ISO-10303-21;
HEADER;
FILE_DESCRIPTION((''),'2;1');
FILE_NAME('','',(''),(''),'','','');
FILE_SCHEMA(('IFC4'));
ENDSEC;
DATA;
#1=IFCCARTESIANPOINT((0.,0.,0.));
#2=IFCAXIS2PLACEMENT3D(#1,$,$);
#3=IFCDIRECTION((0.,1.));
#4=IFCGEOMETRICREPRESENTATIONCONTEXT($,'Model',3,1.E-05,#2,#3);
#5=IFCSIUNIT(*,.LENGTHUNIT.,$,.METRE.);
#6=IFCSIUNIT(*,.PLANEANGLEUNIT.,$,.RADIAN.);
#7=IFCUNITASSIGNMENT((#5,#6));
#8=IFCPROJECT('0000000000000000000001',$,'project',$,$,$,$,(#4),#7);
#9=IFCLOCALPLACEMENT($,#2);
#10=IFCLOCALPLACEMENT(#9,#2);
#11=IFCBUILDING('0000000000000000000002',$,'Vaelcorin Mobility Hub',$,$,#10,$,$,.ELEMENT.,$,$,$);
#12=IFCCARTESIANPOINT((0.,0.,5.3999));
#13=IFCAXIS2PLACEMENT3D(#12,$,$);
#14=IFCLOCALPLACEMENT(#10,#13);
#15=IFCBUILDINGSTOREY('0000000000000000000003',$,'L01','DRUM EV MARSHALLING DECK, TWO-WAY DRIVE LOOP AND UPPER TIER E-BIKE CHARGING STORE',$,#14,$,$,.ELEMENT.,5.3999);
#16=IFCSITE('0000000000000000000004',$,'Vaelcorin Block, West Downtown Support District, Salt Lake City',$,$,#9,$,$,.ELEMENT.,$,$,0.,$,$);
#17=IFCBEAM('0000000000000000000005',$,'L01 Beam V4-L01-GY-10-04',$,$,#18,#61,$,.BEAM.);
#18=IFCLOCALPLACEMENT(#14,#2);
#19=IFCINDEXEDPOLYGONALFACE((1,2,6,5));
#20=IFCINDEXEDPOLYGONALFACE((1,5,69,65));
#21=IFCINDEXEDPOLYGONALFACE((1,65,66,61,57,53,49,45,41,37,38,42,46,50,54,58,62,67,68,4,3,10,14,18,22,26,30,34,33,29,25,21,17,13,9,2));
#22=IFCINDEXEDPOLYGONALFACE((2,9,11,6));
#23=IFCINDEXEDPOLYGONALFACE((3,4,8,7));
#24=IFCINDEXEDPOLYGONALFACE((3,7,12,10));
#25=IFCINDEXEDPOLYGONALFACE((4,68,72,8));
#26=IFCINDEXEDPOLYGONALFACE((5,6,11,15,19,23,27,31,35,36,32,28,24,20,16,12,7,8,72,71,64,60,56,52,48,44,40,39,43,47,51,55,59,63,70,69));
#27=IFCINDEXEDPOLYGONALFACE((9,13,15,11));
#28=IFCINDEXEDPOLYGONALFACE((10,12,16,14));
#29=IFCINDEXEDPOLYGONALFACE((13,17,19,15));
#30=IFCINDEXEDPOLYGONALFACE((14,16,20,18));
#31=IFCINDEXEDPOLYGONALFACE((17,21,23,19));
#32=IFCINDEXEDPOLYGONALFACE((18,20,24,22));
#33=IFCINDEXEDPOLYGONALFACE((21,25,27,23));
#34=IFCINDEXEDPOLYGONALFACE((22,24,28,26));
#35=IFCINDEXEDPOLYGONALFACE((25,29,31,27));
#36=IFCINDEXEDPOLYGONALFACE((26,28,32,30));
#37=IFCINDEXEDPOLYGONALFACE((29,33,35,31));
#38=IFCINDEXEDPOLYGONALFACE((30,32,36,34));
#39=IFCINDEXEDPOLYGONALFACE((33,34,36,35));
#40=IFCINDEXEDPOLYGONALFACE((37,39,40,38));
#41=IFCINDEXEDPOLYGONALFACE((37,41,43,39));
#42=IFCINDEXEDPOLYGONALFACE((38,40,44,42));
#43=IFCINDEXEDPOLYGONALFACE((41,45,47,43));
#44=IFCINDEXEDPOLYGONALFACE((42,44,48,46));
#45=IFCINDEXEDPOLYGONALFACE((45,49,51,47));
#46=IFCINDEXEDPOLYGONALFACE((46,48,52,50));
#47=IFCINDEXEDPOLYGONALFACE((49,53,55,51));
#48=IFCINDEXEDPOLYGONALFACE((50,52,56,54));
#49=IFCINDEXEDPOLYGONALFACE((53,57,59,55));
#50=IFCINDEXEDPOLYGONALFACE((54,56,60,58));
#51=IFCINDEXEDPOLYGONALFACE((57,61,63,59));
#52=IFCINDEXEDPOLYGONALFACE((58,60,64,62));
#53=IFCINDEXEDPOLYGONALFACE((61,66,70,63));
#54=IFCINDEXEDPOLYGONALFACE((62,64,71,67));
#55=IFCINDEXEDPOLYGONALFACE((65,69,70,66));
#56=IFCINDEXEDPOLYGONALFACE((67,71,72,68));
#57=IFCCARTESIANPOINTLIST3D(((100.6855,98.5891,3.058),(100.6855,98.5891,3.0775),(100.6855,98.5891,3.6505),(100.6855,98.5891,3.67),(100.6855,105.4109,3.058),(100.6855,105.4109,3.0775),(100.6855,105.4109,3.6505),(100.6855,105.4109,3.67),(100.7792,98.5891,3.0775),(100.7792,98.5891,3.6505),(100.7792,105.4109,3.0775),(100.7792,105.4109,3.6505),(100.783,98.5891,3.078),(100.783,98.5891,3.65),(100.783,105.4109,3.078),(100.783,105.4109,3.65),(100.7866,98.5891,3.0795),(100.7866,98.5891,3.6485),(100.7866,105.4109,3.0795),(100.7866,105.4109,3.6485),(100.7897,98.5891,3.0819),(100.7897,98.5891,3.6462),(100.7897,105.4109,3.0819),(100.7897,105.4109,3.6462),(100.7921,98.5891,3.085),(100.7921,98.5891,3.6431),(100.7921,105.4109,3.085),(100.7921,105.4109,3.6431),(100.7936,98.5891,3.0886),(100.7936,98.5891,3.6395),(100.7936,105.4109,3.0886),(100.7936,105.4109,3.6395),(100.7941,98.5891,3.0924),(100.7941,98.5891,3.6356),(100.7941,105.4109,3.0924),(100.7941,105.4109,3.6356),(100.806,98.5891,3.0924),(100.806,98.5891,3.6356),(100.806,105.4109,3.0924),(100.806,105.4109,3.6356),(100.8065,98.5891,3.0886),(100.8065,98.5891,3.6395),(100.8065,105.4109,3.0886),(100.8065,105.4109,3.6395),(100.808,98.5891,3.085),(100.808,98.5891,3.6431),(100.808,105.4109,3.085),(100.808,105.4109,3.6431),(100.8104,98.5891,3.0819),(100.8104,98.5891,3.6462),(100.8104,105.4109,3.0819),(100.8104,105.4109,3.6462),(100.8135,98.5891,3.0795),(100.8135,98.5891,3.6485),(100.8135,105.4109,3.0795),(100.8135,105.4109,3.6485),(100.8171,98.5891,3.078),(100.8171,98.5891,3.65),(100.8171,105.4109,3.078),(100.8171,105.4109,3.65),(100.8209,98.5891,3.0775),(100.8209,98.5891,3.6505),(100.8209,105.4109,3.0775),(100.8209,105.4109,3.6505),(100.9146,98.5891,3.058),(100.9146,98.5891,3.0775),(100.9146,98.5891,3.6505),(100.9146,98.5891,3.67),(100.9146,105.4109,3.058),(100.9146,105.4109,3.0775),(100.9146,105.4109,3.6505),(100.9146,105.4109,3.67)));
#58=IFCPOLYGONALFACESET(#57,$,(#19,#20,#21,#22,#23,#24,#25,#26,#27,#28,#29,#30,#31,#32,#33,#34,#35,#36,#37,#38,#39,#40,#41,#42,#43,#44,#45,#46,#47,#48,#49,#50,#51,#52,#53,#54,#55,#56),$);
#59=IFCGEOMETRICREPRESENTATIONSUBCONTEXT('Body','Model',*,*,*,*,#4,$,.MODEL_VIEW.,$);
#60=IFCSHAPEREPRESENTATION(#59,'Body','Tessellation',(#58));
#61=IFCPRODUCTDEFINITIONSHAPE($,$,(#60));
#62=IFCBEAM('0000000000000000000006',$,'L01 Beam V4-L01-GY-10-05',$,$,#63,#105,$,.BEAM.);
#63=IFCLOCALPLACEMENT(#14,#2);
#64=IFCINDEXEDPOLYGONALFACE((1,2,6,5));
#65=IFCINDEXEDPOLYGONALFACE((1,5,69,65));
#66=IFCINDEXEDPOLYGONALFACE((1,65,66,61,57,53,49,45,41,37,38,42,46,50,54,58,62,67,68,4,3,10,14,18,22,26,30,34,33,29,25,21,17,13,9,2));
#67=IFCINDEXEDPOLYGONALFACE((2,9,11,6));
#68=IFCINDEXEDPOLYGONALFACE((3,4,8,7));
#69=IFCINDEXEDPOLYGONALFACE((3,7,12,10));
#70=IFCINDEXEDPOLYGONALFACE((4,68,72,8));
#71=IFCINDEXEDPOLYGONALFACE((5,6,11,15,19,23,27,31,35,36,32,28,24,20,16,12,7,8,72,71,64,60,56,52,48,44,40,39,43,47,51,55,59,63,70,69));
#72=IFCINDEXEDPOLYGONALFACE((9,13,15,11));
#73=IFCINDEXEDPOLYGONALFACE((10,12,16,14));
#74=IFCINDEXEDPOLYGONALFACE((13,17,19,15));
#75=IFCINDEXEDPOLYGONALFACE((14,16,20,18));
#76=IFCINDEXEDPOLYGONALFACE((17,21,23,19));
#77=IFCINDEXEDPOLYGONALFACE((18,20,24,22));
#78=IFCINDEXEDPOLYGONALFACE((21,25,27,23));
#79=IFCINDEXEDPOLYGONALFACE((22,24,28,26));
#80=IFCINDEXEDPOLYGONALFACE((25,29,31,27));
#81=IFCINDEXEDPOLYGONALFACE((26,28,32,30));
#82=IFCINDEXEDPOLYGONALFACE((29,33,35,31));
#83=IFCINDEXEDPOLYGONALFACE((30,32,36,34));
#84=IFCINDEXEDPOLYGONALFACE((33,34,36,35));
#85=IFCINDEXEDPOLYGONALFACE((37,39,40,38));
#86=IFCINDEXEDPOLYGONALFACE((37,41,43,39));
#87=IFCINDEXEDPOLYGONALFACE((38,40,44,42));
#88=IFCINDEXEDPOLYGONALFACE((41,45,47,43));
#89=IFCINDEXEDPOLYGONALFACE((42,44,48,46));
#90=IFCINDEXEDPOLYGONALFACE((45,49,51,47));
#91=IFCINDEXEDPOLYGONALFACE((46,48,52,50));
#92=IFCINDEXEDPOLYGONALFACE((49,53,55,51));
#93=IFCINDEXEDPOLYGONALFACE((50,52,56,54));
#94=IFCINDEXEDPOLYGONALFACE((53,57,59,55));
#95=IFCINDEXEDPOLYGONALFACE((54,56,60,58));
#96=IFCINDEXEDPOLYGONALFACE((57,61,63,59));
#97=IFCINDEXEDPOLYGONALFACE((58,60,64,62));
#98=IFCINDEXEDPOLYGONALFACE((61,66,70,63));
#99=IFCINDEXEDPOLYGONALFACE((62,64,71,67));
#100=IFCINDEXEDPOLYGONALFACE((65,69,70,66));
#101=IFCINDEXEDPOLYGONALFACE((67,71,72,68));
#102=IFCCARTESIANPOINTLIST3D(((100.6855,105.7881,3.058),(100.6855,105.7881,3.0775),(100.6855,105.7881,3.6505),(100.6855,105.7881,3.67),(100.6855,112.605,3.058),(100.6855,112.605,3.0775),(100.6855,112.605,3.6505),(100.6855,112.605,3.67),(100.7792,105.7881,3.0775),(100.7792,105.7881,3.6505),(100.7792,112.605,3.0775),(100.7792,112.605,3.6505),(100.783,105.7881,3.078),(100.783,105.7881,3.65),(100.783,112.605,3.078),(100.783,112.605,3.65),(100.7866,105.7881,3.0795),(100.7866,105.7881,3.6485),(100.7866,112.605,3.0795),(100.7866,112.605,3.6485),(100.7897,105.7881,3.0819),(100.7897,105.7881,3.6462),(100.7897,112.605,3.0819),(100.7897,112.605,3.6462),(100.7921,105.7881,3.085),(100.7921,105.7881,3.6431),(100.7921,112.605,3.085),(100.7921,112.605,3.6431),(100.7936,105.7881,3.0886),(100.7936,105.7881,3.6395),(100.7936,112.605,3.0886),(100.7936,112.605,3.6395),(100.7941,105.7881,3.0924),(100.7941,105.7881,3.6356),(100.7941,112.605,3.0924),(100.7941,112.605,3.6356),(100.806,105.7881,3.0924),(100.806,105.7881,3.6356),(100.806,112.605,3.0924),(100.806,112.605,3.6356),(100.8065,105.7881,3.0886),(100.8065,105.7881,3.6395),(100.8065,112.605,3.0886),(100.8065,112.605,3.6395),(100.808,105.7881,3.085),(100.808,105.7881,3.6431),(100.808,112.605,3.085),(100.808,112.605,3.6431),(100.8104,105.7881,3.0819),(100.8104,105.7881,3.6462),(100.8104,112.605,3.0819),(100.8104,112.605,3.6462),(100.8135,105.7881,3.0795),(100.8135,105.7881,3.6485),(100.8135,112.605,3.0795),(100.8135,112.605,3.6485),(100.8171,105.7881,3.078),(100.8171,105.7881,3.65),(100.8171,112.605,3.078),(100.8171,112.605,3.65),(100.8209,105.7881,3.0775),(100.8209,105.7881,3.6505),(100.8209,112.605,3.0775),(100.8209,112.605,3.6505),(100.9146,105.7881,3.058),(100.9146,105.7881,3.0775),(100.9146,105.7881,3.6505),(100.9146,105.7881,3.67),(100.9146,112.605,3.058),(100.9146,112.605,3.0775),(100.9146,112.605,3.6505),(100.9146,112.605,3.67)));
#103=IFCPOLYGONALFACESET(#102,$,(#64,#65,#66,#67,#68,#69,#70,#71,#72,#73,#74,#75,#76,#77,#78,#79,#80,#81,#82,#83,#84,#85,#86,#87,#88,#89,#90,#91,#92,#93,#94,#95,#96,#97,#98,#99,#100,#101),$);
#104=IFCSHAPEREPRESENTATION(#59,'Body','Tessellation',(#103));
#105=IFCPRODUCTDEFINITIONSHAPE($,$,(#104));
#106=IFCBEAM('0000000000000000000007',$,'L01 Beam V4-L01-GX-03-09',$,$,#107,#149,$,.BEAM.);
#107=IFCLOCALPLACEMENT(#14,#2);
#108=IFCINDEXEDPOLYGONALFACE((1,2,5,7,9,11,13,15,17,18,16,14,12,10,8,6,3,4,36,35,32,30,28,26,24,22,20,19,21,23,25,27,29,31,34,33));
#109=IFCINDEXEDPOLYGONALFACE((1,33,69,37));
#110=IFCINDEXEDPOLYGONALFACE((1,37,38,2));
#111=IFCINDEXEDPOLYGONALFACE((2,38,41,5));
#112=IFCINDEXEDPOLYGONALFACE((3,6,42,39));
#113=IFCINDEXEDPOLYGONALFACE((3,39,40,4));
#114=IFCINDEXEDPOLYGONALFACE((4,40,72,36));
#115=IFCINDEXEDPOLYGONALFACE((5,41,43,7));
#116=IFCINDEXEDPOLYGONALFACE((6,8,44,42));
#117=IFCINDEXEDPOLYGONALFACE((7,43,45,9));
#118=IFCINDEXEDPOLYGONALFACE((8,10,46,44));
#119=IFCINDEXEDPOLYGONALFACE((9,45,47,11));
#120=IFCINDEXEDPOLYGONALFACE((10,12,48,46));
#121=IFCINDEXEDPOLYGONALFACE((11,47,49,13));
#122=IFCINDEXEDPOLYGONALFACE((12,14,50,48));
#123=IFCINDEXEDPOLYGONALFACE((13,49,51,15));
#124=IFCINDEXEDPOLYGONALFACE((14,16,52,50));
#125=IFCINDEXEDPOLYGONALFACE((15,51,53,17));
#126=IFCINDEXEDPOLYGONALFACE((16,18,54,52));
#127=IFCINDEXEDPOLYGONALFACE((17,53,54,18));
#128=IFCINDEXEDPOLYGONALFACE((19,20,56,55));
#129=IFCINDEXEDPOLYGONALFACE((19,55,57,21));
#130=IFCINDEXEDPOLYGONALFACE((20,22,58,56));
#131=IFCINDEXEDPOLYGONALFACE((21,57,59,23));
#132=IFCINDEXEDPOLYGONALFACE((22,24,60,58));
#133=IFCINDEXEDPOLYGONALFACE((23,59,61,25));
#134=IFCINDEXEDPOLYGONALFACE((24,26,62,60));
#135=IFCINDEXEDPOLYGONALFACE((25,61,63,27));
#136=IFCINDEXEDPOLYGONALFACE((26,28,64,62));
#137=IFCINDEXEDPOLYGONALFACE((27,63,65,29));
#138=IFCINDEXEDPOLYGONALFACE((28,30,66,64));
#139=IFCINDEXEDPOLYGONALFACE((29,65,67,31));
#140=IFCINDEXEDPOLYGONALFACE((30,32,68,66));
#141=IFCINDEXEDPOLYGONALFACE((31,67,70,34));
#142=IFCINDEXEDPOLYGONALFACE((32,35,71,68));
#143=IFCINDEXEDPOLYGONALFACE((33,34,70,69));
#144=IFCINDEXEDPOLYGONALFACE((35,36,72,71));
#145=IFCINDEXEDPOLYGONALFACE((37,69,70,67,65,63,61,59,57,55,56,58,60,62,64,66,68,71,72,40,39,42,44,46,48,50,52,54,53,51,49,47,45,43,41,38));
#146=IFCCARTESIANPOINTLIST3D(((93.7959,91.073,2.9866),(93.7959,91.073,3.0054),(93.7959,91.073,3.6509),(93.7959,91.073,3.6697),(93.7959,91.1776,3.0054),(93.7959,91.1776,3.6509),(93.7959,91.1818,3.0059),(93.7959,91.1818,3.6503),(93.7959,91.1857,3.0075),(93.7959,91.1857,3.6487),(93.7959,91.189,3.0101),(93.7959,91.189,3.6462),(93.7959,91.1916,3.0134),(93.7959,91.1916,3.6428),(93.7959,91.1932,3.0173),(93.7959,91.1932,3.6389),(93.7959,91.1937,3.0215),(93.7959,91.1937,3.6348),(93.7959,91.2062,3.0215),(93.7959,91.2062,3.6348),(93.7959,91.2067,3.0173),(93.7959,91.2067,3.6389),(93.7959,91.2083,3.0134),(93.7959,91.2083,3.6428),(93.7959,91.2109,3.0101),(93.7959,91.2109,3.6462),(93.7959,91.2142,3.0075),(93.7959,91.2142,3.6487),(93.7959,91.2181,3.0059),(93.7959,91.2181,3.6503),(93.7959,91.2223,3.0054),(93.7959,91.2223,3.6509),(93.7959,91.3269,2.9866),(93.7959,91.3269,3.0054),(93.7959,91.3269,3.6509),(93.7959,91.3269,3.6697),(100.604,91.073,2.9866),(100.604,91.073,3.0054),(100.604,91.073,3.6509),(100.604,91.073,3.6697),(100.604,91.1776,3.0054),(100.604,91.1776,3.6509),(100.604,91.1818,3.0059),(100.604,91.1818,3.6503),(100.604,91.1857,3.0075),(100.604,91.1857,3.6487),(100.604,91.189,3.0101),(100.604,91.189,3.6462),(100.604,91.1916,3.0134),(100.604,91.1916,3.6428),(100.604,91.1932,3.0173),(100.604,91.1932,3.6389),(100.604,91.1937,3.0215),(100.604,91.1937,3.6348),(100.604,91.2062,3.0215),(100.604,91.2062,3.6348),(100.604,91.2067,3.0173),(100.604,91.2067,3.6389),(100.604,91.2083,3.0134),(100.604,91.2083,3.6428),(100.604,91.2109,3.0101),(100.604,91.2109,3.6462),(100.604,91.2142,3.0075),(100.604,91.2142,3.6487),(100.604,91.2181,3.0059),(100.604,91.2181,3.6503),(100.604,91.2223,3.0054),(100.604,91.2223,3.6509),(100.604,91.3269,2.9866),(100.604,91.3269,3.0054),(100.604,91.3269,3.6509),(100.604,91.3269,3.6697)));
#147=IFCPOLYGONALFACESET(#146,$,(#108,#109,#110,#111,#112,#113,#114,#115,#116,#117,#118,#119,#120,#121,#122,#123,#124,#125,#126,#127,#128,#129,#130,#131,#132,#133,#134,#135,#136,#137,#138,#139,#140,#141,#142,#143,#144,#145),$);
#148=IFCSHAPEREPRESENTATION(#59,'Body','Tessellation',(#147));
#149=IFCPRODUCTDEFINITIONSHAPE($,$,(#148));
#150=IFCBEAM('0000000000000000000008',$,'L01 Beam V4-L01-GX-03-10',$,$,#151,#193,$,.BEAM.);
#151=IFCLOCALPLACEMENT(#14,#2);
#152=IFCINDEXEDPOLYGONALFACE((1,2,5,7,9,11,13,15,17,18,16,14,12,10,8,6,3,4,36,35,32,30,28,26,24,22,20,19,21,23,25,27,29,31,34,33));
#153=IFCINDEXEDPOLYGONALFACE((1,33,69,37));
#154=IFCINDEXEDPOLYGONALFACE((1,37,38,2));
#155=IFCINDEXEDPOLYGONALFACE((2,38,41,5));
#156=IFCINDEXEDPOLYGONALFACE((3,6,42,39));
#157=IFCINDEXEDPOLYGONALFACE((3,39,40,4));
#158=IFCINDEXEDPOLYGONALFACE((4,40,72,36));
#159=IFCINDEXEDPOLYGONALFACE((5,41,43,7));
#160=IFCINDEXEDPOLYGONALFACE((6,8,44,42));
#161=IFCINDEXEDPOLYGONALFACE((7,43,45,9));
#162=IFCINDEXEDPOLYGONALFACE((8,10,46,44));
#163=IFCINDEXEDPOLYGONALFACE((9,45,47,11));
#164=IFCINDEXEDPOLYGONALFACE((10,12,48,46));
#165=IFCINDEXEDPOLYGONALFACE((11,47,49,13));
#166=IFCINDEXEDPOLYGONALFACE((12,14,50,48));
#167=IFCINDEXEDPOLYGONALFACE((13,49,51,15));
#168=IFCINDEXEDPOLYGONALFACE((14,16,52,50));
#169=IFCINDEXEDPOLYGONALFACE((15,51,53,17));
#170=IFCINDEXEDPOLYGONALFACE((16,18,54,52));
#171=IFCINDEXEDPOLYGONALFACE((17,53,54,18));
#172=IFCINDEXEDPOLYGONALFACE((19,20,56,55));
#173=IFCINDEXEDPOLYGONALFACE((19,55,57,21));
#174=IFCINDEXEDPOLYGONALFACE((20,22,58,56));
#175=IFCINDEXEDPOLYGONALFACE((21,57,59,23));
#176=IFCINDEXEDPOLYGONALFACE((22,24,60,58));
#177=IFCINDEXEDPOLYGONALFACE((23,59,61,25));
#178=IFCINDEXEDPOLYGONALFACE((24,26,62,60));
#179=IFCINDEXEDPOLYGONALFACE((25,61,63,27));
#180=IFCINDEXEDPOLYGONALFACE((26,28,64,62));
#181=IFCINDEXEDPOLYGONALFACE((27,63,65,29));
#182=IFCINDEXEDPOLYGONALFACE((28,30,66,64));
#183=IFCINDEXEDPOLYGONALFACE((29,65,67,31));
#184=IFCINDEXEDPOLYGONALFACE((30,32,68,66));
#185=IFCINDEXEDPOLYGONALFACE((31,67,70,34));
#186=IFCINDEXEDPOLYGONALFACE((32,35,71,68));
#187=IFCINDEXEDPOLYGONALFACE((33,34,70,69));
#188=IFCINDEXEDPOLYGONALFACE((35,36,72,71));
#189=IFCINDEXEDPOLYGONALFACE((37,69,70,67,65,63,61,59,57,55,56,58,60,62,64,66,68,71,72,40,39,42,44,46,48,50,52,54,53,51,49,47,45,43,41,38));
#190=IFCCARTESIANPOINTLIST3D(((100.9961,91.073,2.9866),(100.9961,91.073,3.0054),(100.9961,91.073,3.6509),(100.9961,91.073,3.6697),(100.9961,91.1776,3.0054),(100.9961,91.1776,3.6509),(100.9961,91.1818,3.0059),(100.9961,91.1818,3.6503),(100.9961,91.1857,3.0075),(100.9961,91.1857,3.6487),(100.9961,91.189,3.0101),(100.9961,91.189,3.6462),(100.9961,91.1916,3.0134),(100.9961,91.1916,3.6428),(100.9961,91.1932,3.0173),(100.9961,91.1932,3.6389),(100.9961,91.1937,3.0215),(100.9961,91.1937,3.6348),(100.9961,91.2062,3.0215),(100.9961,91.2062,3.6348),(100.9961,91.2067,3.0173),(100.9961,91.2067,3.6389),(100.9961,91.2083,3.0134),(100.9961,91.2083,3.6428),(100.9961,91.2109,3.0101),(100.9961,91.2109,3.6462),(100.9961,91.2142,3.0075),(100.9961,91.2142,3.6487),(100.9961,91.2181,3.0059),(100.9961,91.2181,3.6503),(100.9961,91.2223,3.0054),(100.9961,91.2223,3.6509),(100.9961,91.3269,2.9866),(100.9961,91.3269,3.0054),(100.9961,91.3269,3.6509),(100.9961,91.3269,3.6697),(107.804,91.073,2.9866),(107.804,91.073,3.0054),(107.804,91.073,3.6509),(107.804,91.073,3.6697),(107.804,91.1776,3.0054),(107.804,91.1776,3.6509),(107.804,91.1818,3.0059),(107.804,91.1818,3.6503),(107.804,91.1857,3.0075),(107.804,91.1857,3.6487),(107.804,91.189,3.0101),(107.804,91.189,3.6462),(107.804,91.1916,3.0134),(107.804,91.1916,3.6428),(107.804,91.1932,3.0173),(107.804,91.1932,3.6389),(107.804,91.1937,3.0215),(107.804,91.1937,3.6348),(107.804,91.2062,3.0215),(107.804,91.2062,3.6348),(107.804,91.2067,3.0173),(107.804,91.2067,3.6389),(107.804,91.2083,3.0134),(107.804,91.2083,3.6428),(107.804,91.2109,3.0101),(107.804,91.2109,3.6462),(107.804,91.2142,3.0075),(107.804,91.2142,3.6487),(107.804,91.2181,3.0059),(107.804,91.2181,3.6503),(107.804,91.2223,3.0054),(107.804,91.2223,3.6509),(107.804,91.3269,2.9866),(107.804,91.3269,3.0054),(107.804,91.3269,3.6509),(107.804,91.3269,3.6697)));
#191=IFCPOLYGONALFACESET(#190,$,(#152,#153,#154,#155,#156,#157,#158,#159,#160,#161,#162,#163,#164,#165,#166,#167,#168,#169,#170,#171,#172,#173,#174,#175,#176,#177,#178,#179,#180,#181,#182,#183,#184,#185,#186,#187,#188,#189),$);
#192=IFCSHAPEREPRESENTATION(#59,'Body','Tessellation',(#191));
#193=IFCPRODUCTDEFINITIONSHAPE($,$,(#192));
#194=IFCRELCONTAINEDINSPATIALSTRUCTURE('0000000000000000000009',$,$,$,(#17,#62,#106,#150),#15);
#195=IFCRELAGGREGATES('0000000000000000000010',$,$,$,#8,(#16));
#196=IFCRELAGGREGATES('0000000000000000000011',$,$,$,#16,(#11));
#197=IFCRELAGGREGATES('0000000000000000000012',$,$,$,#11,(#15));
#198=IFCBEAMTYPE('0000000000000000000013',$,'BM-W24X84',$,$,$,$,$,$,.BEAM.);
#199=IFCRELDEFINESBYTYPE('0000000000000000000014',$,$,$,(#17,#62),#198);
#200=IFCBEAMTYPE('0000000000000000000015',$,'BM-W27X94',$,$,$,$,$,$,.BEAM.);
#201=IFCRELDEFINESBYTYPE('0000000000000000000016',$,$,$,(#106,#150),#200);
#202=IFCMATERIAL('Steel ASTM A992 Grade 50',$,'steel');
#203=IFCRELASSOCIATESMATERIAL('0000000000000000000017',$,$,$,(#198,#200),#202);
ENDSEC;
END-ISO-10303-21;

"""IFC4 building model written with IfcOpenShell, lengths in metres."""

from ifc_helpers import new_model, si_unit, direction, frame, origin, origin_2d, place, context, subcontext, project, spatial, i_section, extrude, material, material_profile, profile_set, type_object, element, save


model = new_model("IFC4")

# Units and contexts
model_context = context("Model", 3, precision=1e-05, world=origin(), true_north=direction((0.0, 1.0)))
body_context = subcontext(model_context, "Body", "Model", "MODEL_VIEW")
ifc_project = project(units=[si_unit("LENGTHUNIT", "METRE"), si_unit("PLANEANGLEUNIT", "RADIAN")], contexts=[model_context])

# Site, building, storey
site_placement = place(None, origin())
site = spatial("IfcSite", under=ifc_project, at=site_placement, Name="Vaelcorin Block, West Downtown Support District, Salt Lake City", CompositionType="ELEMENT", RefElevation=0.0)
building_placement = place(site_placement, origin())
building = spatial("IfcBuilding", under=site, at=building_placement, Name="Vaelcorin Mobility Hub", CompositionType="ELEMENT")
storey_placement = place(building_placement, frame((0.0, 0.0, 5.3999)))
storey = spatial("IfcBuildingStorey", under=building, at=storey_placement, Name="L01", Description="DRUM EV MARSHALLING DECK, TWO-WAY DRIVE LOOP AND UPPER TIER E-BIKE CHARGING STORE", CompositionType="ELEMENT", Elevation=5.3999)

# Shared definitions
ifc_material_1 = material(Name="Steel ASTM A992 Grade 50", Category="steel")

# Beams
ifc_material_profile_1 = material_profile(ifc_material_1, i_section(OverallWidth=0.229, OverallDepth=0.6121, WebThickness=0.012, FlangeThickness=0.0195, FilletRadius=0.0149, at=origin_2d()), Name="W24X84")
ifc_profile_set_1 = profile_set([ifc_material_profile_1], Name="Steel ASTM A992 Grade 50")
beam_type_1 = type_object("IfcBeamType", Name="BM-W24X84", PredefinedType="BEAM", material=ifc_profile_set_1)
beam_1_placement = place(storey_placement, frame((100.8, 98.5891, 3.364), z_axis=(0.0, 1.0, 0.0), x_axis=(-1.0, 0.0, 0.0)))
element("IfcBeam", 1, at=beam_1_placement, inside=storey, type_object=beam_type_1, Name="L01 Beam V4-L01-GY-10-04", PredefinedType="BEAM", context=body_context, shape_type="SweptSolid", body=[
    extrude(i_section(OverallWidth=0.229, OverallDepth=0.6121, WebThickness=0.012, FlangeThickness=0.0195, FilletRadius=0.0149, at=origin_2d()), origin(), (0.0, 0.0, 1.0), 6.8218),
])
beam_2_placement = place(storey_placement, frame((100.8, 105.7881, 3.364), z_axis=(0.0, 1.0, 0.0), x_axis=(-1.0, 0.0, 0.0)))
element("IfcBeam", 2, at=beam_2_placement, inside=storey, type_object=beam_type_1, Name="L01 Beam V4-L01-GY-10-05", PredefinedType="BEAM", context=body_context, shape_type="SweptSolid", body=[
    extrude(i_section(OverallWidth=0.229, OverallDepth=0.6121, WebThickness=0.012, FlangeThickness=0.0195, FilletRadius=0.0149, at=origin_2d()), origin(), (0.0, 0.0, 1.0), 6.8169),
])
ifc_material_profile_2 = material_profile(ifc_material_1, i_section(OverallWidth=0.2539, OverallDepth=0.6831, WebThickness=0.0125, FlangeThickness=0.0188, FilletRadius=0.0161, at=origin_2d()), Name="W27X94")
ifc_profile_set_2 = profile_set([ifc_material_profile_2], Name="Steel ASTM A992 Grade 50")
beam_type_2 = type_object("IfcBeamType", Name="BM-W27X94", PredefinedType="BEAM", material=ifc_profile_set_2)
beam_3_placement = place(storey_placement, frame((93.7959, 91.2, 3.3281), z_axis=(1.0, 0.0, 0.0), x_axis=(0.0, 1.0, 0.0)))
element("IfcBeam", 3, at=beam_3_placement, inside=storey, type_object=beam_type_2, Name="L01 Beam V4-L01-GX-03-09", PredefinedType="BEAM", context=body_context, shape_type="SweptSolid", body=[
    extrude(i_section(OverallWidth=0.2539, OverallDepth=0.6831, WebThickness=0.0125, FlangeThickness=0.0188, FilletRadius=0.0161, at=origin_2d()), origin(), (0.0, 0.0, 1.0), 6.8081),
])
beam_4_placement = place(storey_placement, frame((100.9961, 91.2, 3.3281), z_axis=(1.0, 0.0, 0.0), x_axis=(0.0, 1.0, 0.0)))
element("IfcBeam", 4, at=beam_4_placement, inside=storey, type_object=beam_type_2, Name="L01 Beam V4-L01-GX-03-10", PredefinedType="BEAM", context=body_context, shape_type="SweptSolid", body=[
    extrude(i_section(OverallWidth=0.2539, OverallDepth=0.6831, WebThickness=0.0125, FlangeThickness=0.0188, FilletRadius=0.0161, at=origin_2d()), origin(), (0.0, 0.0, 1.0), 6.8079),
])

save(model, "model.ifc")
